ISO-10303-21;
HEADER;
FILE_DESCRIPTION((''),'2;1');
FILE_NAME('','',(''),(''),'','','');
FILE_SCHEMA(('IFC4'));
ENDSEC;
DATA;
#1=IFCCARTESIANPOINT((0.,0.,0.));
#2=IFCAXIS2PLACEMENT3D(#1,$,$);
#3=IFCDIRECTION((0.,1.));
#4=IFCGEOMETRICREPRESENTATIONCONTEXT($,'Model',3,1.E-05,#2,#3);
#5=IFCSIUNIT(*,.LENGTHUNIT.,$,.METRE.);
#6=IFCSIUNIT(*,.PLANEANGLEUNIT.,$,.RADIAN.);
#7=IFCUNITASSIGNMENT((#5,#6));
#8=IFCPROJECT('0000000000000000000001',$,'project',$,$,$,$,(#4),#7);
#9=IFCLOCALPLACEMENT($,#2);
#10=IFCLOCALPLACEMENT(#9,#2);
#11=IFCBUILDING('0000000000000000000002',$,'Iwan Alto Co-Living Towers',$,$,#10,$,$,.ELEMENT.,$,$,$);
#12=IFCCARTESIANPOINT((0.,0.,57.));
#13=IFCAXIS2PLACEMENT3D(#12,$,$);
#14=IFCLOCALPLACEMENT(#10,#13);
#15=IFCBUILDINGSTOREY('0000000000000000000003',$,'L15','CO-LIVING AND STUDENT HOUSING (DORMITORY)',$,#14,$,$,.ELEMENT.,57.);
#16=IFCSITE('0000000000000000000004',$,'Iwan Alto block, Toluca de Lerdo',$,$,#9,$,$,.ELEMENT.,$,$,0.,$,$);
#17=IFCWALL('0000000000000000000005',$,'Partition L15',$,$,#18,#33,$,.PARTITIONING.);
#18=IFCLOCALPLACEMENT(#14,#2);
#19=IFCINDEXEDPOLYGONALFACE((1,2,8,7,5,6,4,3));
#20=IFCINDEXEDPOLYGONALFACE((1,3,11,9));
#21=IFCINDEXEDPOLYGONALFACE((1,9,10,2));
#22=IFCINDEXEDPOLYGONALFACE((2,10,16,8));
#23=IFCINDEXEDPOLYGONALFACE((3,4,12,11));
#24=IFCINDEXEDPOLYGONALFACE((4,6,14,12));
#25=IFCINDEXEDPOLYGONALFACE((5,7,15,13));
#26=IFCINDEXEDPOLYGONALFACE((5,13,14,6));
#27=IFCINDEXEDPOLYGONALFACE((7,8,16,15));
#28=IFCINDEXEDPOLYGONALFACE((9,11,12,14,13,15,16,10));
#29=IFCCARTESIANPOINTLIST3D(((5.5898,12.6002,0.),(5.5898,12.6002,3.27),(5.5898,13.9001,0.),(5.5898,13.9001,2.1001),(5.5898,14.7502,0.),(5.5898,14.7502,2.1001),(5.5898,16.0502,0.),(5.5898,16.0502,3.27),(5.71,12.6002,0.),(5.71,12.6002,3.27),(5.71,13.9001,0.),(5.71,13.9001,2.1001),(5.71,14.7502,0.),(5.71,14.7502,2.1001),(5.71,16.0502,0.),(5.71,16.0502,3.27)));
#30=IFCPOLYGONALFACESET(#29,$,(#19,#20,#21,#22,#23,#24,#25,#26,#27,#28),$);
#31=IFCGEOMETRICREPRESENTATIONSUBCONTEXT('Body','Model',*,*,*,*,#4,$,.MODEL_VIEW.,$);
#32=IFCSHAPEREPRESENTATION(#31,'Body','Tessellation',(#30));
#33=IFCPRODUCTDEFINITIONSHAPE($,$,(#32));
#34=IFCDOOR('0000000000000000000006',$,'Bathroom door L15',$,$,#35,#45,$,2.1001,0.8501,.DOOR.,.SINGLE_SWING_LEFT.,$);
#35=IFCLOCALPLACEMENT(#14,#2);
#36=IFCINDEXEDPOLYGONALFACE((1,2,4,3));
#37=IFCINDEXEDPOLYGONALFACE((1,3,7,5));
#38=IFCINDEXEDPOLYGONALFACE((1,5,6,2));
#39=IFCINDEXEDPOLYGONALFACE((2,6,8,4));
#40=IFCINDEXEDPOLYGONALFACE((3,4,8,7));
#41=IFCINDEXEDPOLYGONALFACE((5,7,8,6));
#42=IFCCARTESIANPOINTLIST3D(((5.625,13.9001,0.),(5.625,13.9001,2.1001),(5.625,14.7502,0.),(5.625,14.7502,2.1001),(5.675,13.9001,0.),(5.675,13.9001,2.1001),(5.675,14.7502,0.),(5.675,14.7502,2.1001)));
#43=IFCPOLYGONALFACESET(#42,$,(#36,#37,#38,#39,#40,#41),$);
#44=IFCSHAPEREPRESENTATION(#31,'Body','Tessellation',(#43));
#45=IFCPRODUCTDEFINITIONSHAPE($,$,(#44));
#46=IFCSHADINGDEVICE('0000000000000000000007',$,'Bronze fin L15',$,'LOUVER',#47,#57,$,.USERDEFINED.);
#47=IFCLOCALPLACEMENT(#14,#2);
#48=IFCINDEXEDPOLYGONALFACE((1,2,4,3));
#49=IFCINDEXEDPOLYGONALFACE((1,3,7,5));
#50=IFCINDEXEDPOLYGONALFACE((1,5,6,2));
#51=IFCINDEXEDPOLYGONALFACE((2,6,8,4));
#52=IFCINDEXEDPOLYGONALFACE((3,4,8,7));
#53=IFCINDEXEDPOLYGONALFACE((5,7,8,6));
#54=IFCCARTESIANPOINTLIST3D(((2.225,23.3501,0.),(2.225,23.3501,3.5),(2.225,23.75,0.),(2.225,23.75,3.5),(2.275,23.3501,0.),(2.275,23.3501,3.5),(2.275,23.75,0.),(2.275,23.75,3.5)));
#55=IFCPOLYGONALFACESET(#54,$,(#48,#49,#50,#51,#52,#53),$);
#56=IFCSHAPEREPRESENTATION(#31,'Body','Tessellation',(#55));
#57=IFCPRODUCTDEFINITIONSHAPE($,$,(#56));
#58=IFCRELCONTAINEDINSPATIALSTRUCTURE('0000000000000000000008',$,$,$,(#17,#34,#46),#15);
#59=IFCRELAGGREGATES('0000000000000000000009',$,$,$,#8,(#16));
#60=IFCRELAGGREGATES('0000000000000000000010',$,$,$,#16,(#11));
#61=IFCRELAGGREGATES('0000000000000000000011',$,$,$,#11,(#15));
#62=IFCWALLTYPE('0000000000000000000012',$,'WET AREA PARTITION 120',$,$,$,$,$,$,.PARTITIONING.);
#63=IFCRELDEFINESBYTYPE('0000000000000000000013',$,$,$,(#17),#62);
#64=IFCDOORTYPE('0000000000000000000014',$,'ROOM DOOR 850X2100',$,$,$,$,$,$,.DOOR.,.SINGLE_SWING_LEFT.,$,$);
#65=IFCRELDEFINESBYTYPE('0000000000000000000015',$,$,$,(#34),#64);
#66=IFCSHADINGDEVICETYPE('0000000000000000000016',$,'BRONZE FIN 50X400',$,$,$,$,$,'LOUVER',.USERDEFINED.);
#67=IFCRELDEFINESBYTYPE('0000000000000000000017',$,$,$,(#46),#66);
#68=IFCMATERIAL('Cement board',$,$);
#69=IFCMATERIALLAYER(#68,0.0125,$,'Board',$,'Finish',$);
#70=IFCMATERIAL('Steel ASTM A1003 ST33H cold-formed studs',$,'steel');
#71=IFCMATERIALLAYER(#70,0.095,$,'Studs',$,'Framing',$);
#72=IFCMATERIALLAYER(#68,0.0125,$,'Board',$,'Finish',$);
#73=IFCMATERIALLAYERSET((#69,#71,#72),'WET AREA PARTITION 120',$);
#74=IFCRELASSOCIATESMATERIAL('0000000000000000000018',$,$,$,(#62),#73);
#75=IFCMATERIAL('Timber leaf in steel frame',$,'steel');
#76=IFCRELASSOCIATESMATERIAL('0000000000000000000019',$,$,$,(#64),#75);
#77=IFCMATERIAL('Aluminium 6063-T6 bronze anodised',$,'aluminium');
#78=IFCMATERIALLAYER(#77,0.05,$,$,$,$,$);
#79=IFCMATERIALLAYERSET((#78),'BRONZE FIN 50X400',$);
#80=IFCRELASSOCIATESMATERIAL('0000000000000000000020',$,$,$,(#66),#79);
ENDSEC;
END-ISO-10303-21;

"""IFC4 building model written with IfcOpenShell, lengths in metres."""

from ifc_helpers import new_model, si_unit, direction, frame, frame_2d, origin, origin_2d, place, context, subcontext, project, spatial, rectangle, extrude, material, layer, layer_set, type_object, element, fill, save


model = new_model("IFC4")

# Units and contexts
model_context = context("Model", 3, precision=1e-05, world=origin(), true_north=direction((0.0, 1.0)))
body_context = subcontext(model_context, "Body", "Model", "MODEL_VIEW")
ifc_project = project(units=[si_unit("LENGTHUNIT", "METRE"), si_unit("PLANEANGLEUNIT", "RADIAN")], contexts=[model_context])

# Site, building, storey
site_placement = place(None, origin())
site = spatial("IfcSite", under=ifc_project, at=site_placement, Name="Iwan Alto block, Toluca de Lerdo", CompositionType="ELEMENT", RefElevation=0.0)
building_placement = place(site_placement, origin())
building = spatial("IfcBuilding", under=site, at=building_placement, Name="Iwan Alto Co-Living Towers", CompositionType="ELEMENT")
storey_placement = place(building_placement, frame((0.0, 0.0, 57.0)))
storey = spatial("IfcBuildingStorey", under=building, at=storey_placement, Name="L15", Description="CO-LIVING AND STUDENT HOUSING (DORMITORY)", CompositionType="ELEMENT", Elevation=57.0)

# Shared definitions
ifc_material_1 = material(Name="Steel ASTM A1003 ST33H cold-formed studs", Category="steel")

# Shared definitions
ifc_material_2 = material(Name="Cement board")
ifc_layer_1 = layer(ifc_material_2, 0.0125, Name="Board", Category="Finish")
ifc_layer_2 = layer(ifc_material_1, 0.095, Name="Studs", Category="Framing")
ifc_layer_3 = layer(ifc_material_2, 0.0125, Name="Board", Category="Finish")
ifc_layer_set_1 = layer_set([ifc_layer_1, ifc_layer_2, ifc_layer_3], Name="WET AREA PARTITION 120")
wall_type_1 = type_object("IfcWallType", Name="WET AREA PARTITION 120", PredefinedType="PARTITIONING", material=ifc_layer_set_1)
ifc_material_3 = material(Name="Timber leaf in steel frame", Category="steel")
door_type = type_object("IfcDoorType", Name="ROOM DOOR 850X2100", OperationType="SINGLE_SWING_LEFT", PredefinedType="DOOR", material=ifc_material_3)

# Wall, opening, door
wall_1_placement = place(storey_placement, frame((5.6499, 12.6001, 0.0), z_axis=(0.0, 0.0, 1.0), x_axis=(0.0, 1.0, 0.0)))
wall_1 = element("IfcWall", 1, at=wall_1_placement, inside=storey, type_object=wall_type_1, Name="Partition L15", PredefinedType="PARTITIONING", context=body_context, shape_type="SweptSolid", body=[
    extrude(rectangle(XDim=3.45, YDim=0.1201, at=frame_2d((1.7251, 0.0))), origin(), (0.0, 0.0, 1.0), 3.27),
])
opening_1_placement = place(wall_1_placement, frame((1.3, 0.0, 0.0)))
opening_1 = element("IfcOpeningElement", 2, at=opening_1_placement, cuts=wall_1, PredefinedType="OPENING", context=body_context, shape_type="SweptSolid", body=[
    extrude(rectangle(XDim=0.8501, YDim=2.1001, at=frame_2d((0.425, 1.05))), frame((0.0, 0.0701, 0.0), z_axis=(0.0, -1.0, 0.0), x_axis=(1.0, 0.0, 0.0)), (0.0, 0.0, 1.0), 0.1401),
])
door_1_placement = place(opening_1_placement, origin())
door_1 = element("IfcDoor", 3, at=door_1_placement, inside=storey, type_object=door_type, Name="Bathroom door L15", OperationType="SINGLE_SWING_LEFT", OverallHeight=2.1001, OverallWidth=0.8501, PredefinedType="DOOR", context=body_context, shape_type="SweptSolid", body=[
    extrude(rectangle(XDim=0.8501, YDim=2.1001, at=frame_2d((0.425, 1.05))), frame((0.0, 0.0249, 0.0), z_axis=(0.0, -1.0, 0.0), x_axis=(1.0, 0.0, 0.0)), (0.0, 0.0, 1.0), 0.05),
])
fill(opening_1, door_1)

# Shading device
ifc_material_4 = material(Name="Aluminium 6063-T6 bronze anodised", Category="aluminium")
ifc_layer_4 = layer(ifc_material_4, 0.05)
ifc_layer_set_2 = layer_set([ifc_layer_4], Name="BRONZE FIN 50X400")
shading_device_type = type_object("IfcShadingDeviceType", Name="BRONZE FIN 50X400", ElementType="LOUVER", PredefinedType="USERDEFINED", material=ifc_layer_set_2)
shading_device_placement = place(storey_placement, frame((2.25, 23.55, 0.0), z_axis=(0.0, 0.0, 1.0), x_axis=(-1.0, 0.0, 0.0)))
element("IfcShadingDevice", 4, at=shading_device_placement, inside=storey, type_object=shading_device_type, Name="Bronze fin L15", ObjectType="LOUVER", PredefinedType="USERDEFINED", context=body_context, shape_type="SweptSolid", body=[
    extrude(rectangle(XDim=0.05, YDim=0.3999, at=origin_2d()), origin(), (0.0, 0.0, 1.0), 3.5),
])

save(model, "model.ifc")
